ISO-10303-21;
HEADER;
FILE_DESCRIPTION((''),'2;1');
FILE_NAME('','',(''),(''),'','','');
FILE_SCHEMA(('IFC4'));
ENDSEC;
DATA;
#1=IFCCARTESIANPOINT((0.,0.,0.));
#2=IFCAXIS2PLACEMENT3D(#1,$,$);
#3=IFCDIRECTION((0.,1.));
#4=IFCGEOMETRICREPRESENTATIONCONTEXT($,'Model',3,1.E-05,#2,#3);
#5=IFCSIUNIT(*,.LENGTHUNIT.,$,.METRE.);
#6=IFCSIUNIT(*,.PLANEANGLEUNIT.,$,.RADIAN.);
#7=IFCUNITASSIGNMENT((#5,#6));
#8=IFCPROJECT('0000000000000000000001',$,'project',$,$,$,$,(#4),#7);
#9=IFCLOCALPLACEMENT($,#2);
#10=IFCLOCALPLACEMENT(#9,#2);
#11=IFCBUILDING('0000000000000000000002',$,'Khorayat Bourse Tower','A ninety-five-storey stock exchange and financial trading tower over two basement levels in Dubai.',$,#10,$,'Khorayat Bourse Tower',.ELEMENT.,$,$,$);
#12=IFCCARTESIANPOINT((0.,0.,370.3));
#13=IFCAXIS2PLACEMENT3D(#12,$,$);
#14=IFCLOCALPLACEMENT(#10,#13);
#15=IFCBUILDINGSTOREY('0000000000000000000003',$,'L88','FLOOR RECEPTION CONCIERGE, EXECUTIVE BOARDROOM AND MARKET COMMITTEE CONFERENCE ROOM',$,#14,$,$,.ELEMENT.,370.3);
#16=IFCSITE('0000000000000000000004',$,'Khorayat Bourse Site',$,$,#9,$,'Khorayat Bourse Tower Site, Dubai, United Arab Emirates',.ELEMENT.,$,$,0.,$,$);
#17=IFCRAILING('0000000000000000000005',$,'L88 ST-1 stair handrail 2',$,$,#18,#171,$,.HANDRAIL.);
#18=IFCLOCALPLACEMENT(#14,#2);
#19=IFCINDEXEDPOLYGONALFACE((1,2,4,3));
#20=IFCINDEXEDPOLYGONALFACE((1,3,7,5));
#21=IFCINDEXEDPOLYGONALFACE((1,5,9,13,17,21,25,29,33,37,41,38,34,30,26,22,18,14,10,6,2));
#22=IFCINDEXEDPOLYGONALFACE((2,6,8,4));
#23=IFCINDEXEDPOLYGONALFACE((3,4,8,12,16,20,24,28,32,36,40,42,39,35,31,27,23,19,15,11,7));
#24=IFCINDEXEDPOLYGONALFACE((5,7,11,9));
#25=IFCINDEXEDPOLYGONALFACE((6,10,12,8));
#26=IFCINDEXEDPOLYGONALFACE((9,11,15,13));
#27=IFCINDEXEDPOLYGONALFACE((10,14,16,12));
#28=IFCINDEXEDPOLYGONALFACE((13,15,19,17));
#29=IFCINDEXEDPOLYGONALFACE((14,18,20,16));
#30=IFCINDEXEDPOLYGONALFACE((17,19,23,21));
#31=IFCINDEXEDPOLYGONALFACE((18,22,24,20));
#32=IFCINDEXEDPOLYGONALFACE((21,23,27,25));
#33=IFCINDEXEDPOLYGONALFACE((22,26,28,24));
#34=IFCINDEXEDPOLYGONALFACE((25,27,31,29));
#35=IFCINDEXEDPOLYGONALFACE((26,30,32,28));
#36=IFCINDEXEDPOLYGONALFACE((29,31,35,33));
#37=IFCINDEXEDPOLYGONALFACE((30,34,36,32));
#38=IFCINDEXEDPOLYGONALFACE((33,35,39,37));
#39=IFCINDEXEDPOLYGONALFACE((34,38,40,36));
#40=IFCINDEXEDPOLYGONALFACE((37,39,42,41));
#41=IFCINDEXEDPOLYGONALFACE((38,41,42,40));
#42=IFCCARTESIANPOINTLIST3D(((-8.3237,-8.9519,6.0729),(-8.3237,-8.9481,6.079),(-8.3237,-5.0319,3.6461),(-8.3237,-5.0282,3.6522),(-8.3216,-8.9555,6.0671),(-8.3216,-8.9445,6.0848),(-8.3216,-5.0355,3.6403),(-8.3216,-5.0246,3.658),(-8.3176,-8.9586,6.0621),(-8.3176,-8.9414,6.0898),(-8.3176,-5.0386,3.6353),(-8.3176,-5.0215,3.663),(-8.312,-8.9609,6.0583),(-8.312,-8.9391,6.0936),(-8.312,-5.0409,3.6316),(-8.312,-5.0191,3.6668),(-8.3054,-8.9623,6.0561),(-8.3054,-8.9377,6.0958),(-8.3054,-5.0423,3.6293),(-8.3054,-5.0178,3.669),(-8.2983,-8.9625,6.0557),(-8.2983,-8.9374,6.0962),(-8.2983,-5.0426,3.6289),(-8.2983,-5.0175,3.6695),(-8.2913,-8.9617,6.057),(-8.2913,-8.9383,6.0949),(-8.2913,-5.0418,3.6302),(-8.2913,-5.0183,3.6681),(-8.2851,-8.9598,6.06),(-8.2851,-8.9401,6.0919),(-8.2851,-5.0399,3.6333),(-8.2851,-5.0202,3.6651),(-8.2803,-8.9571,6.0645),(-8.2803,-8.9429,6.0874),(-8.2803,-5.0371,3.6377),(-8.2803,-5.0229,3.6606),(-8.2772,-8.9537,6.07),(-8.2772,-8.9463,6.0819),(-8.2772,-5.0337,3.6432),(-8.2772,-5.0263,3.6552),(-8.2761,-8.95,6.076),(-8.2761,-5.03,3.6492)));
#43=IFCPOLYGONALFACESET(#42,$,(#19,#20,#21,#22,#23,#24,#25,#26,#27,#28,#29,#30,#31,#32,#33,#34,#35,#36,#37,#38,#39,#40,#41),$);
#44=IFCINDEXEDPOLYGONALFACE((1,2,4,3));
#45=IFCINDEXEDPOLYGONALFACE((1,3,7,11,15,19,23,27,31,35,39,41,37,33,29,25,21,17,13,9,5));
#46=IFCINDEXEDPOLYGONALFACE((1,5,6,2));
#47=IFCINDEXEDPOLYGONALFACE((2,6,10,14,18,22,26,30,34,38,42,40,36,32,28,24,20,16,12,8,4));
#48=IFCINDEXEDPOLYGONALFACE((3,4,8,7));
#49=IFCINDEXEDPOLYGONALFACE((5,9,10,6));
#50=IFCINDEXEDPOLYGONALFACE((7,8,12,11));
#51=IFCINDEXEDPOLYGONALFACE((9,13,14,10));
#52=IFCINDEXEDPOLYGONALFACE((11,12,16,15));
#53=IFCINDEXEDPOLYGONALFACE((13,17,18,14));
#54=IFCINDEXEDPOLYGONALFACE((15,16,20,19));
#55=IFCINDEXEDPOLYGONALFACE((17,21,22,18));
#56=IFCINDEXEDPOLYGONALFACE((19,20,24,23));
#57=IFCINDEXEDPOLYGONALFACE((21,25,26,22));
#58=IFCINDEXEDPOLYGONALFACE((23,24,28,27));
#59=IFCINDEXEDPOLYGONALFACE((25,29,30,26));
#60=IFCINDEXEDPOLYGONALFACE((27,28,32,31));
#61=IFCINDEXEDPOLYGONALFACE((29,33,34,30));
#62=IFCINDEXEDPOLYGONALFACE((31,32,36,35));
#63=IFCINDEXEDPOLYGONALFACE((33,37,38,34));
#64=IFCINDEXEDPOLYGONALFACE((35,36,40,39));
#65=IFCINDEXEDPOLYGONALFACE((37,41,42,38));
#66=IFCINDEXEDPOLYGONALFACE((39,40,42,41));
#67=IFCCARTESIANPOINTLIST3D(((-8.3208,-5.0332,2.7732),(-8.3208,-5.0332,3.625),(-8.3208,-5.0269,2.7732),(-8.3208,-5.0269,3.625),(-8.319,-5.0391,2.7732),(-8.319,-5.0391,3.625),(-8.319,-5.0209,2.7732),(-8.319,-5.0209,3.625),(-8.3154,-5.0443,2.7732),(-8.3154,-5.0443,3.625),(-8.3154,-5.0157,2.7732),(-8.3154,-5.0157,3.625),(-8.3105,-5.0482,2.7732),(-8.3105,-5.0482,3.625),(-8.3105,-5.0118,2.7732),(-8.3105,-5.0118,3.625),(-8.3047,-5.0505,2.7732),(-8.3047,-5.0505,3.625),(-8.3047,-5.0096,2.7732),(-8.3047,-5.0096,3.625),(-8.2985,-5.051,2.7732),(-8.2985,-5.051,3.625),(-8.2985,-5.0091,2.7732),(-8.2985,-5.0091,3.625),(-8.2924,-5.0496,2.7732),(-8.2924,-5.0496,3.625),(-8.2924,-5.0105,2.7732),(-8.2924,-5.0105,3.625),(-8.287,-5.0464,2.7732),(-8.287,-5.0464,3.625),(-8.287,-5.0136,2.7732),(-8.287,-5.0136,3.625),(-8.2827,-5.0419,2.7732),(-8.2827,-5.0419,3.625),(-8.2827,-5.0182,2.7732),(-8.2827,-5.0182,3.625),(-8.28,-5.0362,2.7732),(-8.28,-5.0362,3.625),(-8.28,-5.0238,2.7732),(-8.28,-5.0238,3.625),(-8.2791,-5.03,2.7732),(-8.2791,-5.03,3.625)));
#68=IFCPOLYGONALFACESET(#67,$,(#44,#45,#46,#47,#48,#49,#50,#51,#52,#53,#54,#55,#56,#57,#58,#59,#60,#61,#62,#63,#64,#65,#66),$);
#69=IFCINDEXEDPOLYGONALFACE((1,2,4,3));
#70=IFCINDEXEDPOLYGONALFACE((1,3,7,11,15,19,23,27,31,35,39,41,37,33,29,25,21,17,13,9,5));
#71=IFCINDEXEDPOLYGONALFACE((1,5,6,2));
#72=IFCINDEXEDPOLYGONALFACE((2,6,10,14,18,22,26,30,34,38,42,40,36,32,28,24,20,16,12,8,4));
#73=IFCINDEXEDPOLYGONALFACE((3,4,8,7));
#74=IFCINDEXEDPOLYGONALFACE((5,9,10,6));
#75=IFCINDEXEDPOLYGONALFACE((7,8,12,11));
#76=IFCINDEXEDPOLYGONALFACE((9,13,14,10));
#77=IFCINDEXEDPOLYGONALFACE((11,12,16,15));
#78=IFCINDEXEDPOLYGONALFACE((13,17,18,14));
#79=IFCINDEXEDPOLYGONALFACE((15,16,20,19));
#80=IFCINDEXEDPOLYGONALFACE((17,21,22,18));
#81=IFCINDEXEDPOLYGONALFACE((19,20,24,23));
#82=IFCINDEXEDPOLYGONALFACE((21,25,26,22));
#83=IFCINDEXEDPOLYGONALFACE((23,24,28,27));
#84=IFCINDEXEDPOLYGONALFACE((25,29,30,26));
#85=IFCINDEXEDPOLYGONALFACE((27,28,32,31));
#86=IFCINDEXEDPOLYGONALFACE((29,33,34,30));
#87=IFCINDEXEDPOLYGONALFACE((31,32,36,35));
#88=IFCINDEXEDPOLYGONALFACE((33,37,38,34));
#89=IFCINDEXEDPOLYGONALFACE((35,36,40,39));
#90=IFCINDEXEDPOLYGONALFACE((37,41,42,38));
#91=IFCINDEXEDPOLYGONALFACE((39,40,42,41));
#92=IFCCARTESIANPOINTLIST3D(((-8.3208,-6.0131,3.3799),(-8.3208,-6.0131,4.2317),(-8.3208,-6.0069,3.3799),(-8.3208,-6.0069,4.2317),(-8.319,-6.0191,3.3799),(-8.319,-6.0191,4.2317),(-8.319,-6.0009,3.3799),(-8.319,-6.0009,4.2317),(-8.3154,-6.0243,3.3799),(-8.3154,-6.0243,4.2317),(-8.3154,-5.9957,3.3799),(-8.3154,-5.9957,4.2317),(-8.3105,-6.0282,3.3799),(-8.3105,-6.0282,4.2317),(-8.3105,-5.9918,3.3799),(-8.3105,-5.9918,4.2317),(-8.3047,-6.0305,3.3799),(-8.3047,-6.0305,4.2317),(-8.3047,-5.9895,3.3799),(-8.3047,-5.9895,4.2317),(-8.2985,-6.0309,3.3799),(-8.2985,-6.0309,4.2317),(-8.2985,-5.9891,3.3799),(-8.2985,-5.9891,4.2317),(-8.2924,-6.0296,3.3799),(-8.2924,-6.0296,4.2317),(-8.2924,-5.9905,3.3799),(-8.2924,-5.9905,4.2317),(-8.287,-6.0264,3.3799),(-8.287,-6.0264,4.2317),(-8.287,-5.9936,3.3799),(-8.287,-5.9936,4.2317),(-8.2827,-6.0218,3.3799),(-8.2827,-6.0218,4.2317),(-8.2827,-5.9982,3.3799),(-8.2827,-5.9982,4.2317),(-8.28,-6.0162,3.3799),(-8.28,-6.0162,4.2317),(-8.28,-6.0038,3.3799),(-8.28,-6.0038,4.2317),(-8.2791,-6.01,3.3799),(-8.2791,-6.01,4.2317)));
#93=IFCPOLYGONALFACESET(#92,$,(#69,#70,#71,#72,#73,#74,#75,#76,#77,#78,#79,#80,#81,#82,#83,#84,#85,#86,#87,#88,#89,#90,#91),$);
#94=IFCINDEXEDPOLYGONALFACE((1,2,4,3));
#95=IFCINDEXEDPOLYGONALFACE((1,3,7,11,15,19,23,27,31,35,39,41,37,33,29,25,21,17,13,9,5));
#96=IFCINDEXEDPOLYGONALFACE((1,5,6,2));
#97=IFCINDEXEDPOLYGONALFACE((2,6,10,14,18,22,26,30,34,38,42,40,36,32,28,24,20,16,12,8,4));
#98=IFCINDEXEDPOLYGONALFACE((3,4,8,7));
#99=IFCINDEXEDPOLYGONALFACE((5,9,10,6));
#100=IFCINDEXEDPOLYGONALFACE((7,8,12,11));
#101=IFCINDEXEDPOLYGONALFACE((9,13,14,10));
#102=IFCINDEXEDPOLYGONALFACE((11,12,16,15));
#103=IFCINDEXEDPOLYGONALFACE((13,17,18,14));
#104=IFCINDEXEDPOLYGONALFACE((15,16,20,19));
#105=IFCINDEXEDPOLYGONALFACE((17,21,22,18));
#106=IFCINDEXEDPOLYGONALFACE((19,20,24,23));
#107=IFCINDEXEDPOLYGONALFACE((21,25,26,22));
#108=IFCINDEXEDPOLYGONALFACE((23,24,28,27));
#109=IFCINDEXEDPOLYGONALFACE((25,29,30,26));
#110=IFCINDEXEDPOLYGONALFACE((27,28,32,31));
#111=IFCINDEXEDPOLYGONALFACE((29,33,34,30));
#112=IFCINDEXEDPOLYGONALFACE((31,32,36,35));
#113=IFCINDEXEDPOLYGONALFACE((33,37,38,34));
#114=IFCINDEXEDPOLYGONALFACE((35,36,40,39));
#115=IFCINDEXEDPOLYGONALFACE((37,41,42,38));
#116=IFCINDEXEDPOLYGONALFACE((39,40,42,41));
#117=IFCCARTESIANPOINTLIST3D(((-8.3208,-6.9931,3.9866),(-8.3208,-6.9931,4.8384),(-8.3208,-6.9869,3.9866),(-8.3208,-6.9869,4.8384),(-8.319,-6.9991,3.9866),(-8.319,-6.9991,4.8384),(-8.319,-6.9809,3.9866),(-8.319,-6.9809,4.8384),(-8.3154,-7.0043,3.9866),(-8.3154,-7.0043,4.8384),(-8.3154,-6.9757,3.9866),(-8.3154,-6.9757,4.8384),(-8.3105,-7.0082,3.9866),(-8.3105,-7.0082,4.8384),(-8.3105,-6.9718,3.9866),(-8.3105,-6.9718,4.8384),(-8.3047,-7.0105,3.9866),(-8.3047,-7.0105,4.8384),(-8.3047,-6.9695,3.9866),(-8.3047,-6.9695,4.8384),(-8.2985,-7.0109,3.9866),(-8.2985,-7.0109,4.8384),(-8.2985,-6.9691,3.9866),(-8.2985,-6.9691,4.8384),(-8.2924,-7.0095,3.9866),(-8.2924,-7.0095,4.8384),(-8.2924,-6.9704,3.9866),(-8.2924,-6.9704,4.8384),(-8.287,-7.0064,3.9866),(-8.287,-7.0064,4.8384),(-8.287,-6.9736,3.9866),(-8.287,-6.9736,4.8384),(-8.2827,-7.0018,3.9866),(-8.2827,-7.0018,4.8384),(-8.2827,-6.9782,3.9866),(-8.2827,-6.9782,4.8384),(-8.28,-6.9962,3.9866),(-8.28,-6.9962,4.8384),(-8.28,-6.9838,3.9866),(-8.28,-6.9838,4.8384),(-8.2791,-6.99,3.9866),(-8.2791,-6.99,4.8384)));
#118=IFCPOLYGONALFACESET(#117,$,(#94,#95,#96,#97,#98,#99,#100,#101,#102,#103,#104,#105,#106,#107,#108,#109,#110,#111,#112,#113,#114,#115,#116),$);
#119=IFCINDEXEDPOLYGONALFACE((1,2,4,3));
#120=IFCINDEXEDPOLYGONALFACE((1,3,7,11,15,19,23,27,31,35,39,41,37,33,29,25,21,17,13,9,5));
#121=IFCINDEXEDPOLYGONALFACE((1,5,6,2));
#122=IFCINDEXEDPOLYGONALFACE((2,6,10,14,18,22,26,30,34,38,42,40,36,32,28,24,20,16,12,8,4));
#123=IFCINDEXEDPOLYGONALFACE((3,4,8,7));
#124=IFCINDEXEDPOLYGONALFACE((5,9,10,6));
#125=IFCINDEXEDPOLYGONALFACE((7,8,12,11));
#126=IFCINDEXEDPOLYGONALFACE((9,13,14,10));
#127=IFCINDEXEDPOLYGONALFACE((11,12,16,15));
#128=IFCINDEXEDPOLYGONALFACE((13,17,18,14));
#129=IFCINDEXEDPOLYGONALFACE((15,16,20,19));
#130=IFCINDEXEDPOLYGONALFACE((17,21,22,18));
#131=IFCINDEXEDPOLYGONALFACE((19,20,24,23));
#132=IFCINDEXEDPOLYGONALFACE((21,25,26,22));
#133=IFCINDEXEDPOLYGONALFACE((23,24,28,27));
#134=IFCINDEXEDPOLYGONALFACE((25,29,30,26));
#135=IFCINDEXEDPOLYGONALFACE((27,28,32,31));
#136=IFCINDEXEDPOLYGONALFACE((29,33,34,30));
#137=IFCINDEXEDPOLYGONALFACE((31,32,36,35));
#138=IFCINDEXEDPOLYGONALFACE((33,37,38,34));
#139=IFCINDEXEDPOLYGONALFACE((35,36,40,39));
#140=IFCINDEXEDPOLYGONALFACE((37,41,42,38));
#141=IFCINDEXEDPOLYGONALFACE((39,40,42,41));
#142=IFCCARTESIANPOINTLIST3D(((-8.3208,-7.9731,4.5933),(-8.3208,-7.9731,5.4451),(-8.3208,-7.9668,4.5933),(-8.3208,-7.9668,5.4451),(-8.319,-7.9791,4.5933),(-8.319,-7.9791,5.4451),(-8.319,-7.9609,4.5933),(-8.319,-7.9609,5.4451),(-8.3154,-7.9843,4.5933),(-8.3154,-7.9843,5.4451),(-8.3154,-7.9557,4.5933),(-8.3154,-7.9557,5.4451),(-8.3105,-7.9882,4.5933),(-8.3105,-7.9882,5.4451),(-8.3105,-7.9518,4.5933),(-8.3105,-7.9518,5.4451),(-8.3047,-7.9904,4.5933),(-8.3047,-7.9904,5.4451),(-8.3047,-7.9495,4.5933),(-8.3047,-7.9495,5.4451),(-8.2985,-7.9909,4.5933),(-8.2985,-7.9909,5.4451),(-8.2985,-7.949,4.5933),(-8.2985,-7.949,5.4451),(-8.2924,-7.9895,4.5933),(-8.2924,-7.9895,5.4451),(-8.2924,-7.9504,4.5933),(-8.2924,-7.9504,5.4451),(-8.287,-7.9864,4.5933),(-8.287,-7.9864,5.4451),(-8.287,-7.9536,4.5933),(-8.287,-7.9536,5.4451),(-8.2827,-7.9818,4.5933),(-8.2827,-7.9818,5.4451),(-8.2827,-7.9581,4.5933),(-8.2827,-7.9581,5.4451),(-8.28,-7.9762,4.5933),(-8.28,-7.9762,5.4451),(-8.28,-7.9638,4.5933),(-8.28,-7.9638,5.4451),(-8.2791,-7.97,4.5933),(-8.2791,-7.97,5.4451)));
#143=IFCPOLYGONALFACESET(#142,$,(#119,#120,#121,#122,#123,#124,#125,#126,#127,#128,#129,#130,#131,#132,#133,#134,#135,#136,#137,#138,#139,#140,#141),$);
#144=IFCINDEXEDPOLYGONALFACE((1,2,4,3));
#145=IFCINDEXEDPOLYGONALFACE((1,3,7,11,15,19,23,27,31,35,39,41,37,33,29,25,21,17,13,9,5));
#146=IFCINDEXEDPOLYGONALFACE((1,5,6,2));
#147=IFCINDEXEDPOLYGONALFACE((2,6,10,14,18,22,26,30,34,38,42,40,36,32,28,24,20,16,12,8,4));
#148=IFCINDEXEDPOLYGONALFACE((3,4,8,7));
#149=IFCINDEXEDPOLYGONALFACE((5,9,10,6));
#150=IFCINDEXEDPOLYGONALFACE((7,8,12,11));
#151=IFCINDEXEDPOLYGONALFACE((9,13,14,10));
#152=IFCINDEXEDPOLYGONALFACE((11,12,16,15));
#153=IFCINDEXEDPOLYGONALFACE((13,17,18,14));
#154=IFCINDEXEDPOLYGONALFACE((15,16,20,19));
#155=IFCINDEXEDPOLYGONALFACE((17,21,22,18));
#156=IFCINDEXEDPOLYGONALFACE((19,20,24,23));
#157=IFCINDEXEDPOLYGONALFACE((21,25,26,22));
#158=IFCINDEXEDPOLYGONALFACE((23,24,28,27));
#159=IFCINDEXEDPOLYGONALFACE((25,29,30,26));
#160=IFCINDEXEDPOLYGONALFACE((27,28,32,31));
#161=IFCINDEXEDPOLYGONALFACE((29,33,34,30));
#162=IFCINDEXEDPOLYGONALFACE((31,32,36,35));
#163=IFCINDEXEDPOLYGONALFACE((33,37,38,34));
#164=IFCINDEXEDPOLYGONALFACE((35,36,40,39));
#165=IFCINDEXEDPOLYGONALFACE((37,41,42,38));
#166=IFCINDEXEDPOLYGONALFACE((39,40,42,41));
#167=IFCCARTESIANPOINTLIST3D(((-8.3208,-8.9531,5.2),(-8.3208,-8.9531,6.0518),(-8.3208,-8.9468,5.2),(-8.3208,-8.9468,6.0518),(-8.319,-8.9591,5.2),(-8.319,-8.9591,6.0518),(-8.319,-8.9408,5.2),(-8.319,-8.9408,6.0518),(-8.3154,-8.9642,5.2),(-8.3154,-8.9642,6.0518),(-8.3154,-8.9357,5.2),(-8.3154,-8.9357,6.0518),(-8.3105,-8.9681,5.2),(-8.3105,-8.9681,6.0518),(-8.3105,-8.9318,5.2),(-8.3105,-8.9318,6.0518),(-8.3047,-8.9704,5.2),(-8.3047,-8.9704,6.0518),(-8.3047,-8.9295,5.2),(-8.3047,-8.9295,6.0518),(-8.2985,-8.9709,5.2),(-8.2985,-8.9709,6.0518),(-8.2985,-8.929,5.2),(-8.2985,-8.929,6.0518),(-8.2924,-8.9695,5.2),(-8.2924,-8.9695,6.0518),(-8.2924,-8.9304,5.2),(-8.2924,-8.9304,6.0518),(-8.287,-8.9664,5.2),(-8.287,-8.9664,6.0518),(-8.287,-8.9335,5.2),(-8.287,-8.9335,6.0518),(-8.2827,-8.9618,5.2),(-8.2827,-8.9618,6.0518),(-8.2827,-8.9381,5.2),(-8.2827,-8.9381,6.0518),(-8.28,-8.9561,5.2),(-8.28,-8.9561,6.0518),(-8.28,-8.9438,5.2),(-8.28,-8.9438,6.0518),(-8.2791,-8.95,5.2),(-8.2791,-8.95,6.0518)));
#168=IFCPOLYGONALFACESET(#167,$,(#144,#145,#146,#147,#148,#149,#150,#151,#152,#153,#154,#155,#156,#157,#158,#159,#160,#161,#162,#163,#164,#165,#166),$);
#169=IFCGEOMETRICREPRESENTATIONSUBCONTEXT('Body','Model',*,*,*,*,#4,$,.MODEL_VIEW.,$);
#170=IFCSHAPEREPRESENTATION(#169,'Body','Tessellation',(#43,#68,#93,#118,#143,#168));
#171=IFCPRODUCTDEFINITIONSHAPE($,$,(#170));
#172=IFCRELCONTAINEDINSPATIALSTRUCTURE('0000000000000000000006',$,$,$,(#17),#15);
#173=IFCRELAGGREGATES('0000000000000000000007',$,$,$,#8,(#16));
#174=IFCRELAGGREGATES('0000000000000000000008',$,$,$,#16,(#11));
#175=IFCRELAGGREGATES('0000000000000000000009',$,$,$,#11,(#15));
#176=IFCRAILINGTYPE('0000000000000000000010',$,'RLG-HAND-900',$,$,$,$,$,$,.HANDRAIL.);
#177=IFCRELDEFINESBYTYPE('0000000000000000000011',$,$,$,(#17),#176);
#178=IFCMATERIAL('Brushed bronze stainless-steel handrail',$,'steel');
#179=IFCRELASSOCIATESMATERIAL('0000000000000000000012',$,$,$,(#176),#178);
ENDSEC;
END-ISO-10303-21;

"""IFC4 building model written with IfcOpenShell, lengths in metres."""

from ifc_helpers import new_model, si_unit, direction, frame, origin, origin_2d, place, context, subcontext, project, spatial, circle, extrude, source, transform, mapped, material, type_object, element, save


model = new_model("IFC4")

# Units and contexts
model_context = context("Model", 3, precision=1e-05, world=origin(), true_north=direction((0.0, 1.0)))
body_context = subcontext(model_context, "Body", "Model", "MODEL_VIEW")
ifc_project = project(units=[si_unit("LENGTHUNIT", "METRE"), si_unit("PLANEANGLEUNIT", "RADIAN")], contexts=[model_context])

# Site, building, storey
site_placement = place(None, origin())
site = spatial("IfcSite", under=ifc_project, at=site_placement, Name="Khorayat Bourse Site", LongName="Khorayat Bourse Tower Site, Dubai, United Arab Emirates", CompositionType="ELEMENT", RefElevation=0.0)
building_placement = place(site_placement, origin())
building = spatial("IfcBuilding", under=site, at=building_placement, Name="Khorayat Bourse Tower", Description="A ninety-five-storey stock exchange and financial trading tower over two basement levels in Dubai.", LongName="Khorayat Bourse Tower", CompositionType="ELEMENT")
storey_placement = place(building_placement, frame((0.0, 0.0, 370.3)))
storey = spatial("IfcBuildingStorey", under=building, at=storey_placement, Name="L88", Description="FLOOR RECEPTION CONCIERGE, EXECUTIVE BOARDROOM AND MARKET COMMITTEE CONFERENCE ROOM", CompositionType="ELEMENT", Elevation=370.3)

# Railing
ifc_material_1 = material(Name="Brushed bronze stainless-steel handrail", Category="steel")
railing_type_1 = type_object("IfcRailingType", Name="RLG-HAND-900", PredefinedType="HANDRAIL", material=ifc_material_1)
shared_shape_1 = source(origin(), body_context, "Body", "SweptSolid", [
    extrude(circle(Radius=0.0239, at=origin_2d()), frame((0.0, 0.0, 0.876), z_axis=(0.0, -0.850252, 0.526376), x_axis=(1.0, 0.0, 0.0)), (0.0, 0.0, 1.0), 4.6104),
    extrude(circle(Radius=0.021, at=origin_2d()), origin(), (0.0, 0.0, 1.0), 0.8518),
    extrude(circle(Radius=0.021, at=origin_2d()), frame((0.0, -0.98, 0.6067)), (0.0, 0.0, 1.0), 0.8518),
    extrude(circle(Radius=0.021, at=origin_2d()), frame((0.0, -1.96, 1.2134)), (0.0, 0.0, 1.0), 0.8518),
    extrude(circle(Radius=0.021, at=origin_2d()), frame((0.0, -2.9399, 1.8201)), (0.0, 0.0, 1.0), 0.8518),
    extrude(circle(Radius=0.021, at=origin_2d()), frame((0.0, -3.9199, 2.4268)), (0.0, 0.0, 1.0), 0.8518),
])
railing_1_placement = place(storey_placement, frame((-8.3, -5.03, 2.7732)))
element("IfcRailing", 1, at=railing_1_placement, inside=storey, type_object=railing_type_1, Name="L88 ST-1 stair handrail 2", PredefinedType="HANDRAIL", context=body_context, shape_type="MappedRepresentation", body=[
    mapped(shared_shape_1, transform((0.0, 0.0, 0.0), scale=1.0)),
])

save(model, "model.ifc")
